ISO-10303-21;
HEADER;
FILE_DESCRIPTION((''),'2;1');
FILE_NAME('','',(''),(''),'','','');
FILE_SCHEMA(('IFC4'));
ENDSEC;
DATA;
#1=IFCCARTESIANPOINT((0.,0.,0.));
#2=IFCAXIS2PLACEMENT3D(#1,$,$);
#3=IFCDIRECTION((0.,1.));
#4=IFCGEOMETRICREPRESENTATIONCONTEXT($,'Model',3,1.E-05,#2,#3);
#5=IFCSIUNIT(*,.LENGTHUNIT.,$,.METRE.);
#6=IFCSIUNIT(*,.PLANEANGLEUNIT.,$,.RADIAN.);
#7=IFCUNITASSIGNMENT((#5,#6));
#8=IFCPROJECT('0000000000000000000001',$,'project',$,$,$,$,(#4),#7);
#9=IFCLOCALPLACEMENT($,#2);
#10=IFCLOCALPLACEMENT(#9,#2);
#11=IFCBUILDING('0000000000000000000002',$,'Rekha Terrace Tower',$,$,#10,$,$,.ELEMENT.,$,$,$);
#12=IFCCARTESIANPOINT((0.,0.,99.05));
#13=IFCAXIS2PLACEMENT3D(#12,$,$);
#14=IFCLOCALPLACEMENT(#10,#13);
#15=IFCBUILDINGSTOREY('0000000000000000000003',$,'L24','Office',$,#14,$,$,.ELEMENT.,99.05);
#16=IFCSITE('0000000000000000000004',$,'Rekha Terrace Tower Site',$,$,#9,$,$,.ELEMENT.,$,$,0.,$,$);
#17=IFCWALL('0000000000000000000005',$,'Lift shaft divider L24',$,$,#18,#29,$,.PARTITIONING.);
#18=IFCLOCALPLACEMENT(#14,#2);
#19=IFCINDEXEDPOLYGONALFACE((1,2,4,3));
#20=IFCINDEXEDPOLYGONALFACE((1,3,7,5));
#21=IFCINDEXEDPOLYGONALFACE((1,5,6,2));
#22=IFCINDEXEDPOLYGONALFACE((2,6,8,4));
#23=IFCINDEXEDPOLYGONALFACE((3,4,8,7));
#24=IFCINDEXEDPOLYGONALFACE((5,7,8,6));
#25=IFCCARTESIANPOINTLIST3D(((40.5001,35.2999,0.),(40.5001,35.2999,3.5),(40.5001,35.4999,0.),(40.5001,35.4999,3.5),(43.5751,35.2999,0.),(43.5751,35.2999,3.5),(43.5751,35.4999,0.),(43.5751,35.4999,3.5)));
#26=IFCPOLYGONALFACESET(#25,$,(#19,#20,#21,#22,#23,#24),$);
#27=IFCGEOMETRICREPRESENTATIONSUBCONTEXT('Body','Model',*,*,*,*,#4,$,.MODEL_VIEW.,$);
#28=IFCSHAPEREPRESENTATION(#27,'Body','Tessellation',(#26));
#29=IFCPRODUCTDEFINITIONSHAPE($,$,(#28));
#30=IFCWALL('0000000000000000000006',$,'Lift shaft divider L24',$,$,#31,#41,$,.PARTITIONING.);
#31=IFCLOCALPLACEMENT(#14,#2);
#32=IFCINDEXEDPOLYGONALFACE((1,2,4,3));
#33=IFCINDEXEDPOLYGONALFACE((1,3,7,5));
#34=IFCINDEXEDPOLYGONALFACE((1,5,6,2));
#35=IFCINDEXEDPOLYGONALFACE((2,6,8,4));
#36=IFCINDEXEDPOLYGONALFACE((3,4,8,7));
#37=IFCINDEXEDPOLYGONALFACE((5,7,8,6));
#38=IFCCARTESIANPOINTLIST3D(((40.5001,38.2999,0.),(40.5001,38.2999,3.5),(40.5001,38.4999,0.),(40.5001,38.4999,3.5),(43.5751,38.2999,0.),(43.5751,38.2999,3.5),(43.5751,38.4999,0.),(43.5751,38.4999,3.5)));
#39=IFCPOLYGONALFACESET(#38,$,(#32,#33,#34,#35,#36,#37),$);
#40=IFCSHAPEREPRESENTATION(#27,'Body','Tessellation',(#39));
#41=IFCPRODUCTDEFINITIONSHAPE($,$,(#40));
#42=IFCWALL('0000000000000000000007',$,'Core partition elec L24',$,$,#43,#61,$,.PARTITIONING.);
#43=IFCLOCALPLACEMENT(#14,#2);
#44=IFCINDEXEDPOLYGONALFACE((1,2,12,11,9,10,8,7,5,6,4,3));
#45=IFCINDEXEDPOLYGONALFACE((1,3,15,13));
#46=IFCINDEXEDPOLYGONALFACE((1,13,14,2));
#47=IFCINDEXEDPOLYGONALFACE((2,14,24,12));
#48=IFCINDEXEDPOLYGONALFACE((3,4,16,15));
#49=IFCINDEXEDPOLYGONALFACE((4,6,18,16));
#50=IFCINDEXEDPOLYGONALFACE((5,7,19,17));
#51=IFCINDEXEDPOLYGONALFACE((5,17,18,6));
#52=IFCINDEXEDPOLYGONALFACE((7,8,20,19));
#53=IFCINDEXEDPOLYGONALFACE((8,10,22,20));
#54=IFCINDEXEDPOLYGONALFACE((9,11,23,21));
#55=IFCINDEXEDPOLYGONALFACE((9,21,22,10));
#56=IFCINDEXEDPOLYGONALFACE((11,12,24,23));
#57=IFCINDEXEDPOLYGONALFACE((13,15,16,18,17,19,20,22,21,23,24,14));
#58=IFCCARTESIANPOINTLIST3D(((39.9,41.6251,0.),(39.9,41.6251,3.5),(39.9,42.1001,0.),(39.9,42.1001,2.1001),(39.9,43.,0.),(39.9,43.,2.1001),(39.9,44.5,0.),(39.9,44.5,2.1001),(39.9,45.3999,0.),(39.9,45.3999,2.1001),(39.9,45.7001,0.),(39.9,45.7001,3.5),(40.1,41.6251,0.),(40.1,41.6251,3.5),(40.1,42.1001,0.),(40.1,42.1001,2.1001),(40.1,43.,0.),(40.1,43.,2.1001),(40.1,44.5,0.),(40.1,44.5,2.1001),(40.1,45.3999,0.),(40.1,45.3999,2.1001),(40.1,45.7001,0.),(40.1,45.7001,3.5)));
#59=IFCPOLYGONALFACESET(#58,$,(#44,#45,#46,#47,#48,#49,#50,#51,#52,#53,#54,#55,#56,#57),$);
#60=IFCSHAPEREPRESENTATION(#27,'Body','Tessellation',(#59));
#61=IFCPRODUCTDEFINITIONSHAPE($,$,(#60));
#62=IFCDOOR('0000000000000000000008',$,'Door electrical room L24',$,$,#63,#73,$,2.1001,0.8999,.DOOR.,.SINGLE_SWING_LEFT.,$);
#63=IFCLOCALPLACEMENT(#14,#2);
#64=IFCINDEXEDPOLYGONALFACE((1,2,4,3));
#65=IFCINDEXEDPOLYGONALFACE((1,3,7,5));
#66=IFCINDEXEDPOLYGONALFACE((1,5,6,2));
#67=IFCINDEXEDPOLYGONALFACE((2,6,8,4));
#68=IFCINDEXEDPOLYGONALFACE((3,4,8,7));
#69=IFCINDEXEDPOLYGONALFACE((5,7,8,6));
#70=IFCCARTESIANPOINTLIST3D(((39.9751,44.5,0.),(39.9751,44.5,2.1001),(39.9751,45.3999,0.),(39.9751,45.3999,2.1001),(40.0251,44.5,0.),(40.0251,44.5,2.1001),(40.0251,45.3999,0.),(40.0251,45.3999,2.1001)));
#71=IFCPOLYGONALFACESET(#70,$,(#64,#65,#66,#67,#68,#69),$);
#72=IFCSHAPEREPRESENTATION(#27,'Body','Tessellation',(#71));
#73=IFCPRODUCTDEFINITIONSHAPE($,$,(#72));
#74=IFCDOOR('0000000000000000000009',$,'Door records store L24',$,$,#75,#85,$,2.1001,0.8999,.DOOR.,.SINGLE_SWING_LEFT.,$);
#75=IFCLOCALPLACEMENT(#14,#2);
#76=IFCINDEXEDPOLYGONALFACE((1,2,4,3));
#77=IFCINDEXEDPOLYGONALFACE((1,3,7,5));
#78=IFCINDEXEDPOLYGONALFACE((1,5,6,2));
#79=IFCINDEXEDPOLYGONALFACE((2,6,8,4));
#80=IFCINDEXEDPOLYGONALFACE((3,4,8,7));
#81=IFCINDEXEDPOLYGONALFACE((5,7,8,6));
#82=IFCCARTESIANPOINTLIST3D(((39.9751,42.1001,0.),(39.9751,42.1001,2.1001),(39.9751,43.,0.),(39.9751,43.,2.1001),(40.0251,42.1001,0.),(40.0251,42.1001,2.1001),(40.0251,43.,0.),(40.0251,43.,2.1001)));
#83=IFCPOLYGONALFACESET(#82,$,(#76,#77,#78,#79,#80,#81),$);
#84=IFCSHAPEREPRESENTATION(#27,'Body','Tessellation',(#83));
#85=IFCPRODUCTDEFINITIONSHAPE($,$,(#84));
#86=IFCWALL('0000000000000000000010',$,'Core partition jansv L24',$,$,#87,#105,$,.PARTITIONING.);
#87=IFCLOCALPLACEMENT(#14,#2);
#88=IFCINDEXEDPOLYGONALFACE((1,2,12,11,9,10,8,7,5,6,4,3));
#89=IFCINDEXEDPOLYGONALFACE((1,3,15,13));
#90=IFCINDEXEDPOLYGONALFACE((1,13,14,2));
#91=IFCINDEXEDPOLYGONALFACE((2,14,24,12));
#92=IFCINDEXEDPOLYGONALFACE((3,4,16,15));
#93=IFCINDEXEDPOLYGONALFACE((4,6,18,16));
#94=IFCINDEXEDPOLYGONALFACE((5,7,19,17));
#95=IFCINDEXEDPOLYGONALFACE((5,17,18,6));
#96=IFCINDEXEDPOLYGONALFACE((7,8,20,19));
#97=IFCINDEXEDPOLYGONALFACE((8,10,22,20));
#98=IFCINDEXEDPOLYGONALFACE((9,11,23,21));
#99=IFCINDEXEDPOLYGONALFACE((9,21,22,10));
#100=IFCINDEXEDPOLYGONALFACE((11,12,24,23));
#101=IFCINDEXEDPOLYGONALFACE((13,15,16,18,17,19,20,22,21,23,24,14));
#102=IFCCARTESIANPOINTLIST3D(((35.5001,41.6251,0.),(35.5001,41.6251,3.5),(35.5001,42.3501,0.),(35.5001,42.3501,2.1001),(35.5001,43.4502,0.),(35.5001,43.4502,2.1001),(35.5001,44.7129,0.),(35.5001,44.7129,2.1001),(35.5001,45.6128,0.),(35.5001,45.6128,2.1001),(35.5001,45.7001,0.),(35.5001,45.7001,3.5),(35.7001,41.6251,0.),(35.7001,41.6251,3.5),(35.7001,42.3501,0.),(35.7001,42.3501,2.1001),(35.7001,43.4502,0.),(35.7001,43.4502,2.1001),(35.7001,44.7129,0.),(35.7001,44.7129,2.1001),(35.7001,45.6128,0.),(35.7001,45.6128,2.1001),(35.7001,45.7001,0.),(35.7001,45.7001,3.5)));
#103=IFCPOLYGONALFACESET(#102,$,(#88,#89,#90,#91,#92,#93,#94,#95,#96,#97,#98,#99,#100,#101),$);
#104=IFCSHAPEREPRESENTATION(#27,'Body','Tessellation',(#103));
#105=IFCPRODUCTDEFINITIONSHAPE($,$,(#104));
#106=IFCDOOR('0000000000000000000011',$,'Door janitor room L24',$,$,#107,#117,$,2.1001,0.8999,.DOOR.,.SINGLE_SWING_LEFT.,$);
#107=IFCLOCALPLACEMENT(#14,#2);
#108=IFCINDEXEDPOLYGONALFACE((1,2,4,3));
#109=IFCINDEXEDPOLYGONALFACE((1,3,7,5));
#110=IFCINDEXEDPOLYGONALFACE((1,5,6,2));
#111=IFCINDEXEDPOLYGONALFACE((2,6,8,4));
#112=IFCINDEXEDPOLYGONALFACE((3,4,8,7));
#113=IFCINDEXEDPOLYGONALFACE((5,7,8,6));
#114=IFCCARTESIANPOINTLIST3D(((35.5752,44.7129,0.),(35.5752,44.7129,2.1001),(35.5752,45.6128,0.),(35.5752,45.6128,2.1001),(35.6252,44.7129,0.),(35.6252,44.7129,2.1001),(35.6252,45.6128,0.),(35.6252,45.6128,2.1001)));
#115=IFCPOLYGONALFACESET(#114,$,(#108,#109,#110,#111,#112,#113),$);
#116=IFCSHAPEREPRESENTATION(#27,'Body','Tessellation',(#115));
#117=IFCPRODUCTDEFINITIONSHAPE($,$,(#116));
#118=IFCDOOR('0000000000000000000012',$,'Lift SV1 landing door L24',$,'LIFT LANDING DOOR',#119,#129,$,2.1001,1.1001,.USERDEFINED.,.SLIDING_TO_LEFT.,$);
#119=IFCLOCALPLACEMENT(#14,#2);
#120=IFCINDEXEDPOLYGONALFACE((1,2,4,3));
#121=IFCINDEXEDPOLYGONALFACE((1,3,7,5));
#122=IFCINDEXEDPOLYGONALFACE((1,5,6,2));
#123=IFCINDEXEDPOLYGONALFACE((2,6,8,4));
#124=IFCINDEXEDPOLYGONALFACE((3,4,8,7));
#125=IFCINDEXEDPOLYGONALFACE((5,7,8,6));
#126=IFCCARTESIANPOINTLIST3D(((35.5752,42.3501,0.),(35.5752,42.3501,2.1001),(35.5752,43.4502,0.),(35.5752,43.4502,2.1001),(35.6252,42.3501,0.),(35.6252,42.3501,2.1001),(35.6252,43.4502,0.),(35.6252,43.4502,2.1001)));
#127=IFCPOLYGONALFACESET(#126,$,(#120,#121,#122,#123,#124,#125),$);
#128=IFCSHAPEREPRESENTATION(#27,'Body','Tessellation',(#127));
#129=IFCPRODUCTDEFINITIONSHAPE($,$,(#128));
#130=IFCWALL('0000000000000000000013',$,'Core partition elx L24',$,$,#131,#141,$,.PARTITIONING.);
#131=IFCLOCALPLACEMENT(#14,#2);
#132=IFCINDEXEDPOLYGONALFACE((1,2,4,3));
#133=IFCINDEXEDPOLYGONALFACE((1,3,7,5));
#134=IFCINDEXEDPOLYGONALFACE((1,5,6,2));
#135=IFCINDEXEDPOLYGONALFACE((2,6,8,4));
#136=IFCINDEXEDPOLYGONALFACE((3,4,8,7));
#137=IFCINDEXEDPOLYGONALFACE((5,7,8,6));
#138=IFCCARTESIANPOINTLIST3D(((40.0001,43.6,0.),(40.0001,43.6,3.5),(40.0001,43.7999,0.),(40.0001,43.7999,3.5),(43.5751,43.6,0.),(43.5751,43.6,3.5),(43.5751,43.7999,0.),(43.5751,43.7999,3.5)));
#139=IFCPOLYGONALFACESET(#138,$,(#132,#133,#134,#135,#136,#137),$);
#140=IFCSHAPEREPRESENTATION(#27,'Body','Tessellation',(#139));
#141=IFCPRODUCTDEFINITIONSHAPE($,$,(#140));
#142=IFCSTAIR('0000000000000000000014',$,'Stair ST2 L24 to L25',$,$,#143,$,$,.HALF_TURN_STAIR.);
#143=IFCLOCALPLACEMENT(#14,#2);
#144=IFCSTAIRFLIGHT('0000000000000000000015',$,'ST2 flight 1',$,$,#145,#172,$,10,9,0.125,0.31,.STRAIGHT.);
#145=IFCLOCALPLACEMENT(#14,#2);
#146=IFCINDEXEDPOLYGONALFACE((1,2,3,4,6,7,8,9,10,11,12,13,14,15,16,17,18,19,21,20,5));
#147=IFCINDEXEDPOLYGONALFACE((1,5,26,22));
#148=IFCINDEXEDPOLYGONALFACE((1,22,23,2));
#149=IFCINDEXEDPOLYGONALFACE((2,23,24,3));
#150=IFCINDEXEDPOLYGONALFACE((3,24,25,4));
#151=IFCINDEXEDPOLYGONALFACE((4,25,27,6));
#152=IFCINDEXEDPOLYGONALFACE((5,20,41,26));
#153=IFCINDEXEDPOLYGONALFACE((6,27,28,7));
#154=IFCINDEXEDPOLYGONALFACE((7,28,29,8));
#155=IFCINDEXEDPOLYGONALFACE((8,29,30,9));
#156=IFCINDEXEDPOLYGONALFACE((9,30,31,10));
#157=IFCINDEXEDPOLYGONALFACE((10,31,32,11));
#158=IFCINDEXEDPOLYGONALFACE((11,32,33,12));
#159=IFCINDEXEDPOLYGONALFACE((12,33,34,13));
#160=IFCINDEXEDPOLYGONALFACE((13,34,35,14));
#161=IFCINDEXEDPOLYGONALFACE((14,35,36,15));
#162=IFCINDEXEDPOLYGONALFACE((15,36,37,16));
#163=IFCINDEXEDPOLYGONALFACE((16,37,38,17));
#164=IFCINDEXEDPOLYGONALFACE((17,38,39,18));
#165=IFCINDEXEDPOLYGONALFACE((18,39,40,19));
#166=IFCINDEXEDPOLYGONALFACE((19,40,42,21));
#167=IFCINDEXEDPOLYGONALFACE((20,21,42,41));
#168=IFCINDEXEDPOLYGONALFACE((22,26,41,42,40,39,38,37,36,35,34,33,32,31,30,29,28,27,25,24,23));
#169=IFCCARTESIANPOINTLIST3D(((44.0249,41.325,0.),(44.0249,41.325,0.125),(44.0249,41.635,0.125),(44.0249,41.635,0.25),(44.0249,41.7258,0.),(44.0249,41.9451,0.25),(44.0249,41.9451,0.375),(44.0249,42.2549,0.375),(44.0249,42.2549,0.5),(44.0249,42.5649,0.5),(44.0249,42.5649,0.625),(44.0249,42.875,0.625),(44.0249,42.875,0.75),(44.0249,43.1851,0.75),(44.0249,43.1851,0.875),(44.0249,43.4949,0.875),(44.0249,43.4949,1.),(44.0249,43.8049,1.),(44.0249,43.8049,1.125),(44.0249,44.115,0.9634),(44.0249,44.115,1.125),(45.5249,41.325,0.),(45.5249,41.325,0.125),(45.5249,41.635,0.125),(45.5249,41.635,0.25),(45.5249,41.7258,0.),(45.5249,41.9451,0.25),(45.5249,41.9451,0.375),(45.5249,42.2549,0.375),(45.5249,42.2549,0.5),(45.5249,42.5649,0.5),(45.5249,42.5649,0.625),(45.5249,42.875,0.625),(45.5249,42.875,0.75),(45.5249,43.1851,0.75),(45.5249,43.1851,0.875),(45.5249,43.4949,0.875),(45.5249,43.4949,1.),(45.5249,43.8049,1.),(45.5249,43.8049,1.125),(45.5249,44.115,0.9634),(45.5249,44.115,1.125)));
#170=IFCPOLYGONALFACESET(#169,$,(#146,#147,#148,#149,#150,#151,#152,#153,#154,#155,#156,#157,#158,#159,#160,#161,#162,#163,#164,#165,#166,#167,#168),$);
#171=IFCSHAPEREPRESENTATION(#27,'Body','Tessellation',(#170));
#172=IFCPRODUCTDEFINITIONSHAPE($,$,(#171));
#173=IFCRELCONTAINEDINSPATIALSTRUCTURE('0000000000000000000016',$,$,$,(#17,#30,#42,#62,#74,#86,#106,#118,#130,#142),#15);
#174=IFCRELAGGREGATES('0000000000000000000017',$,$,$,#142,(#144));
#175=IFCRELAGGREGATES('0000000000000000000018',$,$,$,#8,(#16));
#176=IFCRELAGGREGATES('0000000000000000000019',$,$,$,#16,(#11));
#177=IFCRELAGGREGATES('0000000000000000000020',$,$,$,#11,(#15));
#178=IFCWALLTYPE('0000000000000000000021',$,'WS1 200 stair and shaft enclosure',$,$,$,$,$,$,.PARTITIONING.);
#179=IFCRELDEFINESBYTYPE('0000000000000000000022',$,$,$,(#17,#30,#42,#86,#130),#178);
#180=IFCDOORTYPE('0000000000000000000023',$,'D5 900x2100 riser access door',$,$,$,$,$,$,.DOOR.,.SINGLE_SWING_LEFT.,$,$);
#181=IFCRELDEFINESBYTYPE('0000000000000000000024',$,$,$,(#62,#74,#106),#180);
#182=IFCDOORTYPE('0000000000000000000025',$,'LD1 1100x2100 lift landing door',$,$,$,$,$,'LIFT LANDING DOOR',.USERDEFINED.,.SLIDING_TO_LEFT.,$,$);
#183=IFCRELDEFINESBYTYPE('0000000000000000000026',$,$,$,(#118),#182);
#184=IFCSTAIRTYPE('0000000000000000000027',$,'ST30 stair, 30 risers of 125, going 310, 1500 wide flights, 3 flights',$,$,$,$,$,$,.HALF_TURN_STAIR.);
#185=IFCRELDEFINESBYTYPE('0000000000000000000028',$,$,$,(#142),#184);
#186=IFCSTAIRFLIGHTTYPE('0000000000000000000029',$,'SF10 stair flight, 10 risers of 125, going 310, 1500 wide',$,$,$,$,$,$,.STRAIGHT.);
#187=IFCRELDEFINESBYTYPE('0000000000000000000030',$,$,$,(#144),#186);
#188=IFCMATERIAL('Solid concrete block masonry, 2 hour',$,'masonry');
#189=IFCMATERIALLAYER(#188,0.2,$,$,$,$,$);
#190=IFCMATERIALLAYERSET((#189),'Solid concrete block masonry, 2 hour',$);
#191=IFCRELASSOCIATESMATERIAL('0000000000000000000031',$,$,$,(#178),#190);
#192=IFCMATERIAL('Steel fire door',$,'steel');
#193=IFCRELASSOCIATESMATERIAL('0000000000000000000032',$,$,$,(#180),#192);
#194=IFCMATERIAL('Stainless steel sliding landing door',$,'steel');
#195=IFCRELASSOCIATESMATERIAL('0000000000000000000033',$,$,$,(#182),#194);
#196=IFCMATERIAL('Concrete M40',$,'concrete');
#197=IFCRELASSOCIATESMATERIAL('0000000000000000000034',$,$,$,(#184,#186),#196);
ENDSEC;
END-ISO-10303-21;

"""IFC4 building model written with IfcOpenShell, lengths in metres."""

from ifc_helpers import new_model, si_unit, direction, frame, frame_2d, origin, place, context, subcontext, project, spatial, polyline, rectangle, outline, extrude, material, layer, layer_set, type_object, element, fill, aggregate, save


model = new_model("IFC4")

# Units and contexts
model_context = context("Model", 3, precision=1e-05, world=origin(), true_north=direction((0.0, 1.0)))
body_context = subcontext(model_context, "Body", "Model", "MODEL_VIEW")
ifc_project = project(units=[si_unit("LENGTHUNIT", "METRE"), si_unit("PLANEANGLEUNIT", "RADIAN")], contexts=[model_context])

# Site, building, storey
site_placement = place(None, origin())
site = spatial("IfcSite", under=ifc_project, at=site_placement, Name="Rekha Terrace Tower Site", CompositionType="ELEMENT", RefElevation=0.0)
building_placement = place(site_placement, origin())
building = spatial("IfcBuilding", under=site, at=building_placement, Name="Rekha Terrace Tower", CompositionType="ELEMENT")
storey_placement = place(building_placement, frame((0.0, 0.0, 99.05)))
storey = spatial("IfcBuildingStorey", under=building, at=storey_placement, Name="L24", Description="Office", CompositionType="ELEMENT", Elevation=99.05)

# Shared definitions
ifc_material_1 = material(Name="Stainless steel sliding landing door", Category="steel")
ifc_material_2 = material(Name="Steel fire door", Category="steel")

# Walls
ifc_material_3 = material(Name="Solid concrete block masonry, 2 hour", Category="masonry")
ifc_layer_1 = layer(ifc_material_3, 0.2)
ifc_layer_set_1 = layer_set([ifc_layer_1], Name="Solid concrete block masonry, 2 hour")
wall_type_1 = type_object("IfcWallType", Name="WS1 200 stair and shaft enclosure", PredefinedType="PARTITIONING", material=ifc_layer_set_1)
for number, where, z_axis, x_axis, name in (
    (1, (40.5, 35.3999, 0.0), (0.0, 0.0, 1.0), (1.0, 0.0, 0.0), "Lift shaft divider L24"),
    (2, (40.5, 38.3999, 0.0), (0.0, 0.0, 1.0), (1.0, 0.0, 0.0), "Lift shaft divider L24"),
):
    element("IfcWall", number, at=place(storey_placement, frame(where, z_axis=z_axis, x_axis=x_axis)), inside=storey, type_object=wall_type_1, Name=name, PredefinedType="PARTITIONING", context=body_context, shape_type="SweptSolid", body=[
        extrude(rectangle(XDim=3.075, YDim=0.2, at=frame_2d((1.5376, 0.0))), origin(), (0.0, 0.0, 1.0), 3.5),
    ])

# Walls, openings, doors
wall_1_placement = place(storey_placement, frame((40.0, 41.625, 0.0), z_axis=(0.0, 0.0, 1.0), x_axis=(0.0, 1.0, 0.0)))
wall_1 = element("IfcWall", 3, at=wall_1_placement, inside=storey, type_object=wall_type_1, Name="Core partition elec L24", PredefinedType="PARTITIONING", context=body_context, shape_type="SweptSolid", body=[
    extrude(rectangle(XDim=4.075, YDim=0.2, at=frame_2d((2.0376, 0.0))), origin(), (0.0, 0.0, 1.0), 3.5),
])
opening_1_placement = place(wall_1_placement, frame((2.875, 0.0, 0.0)))
opening_1 = element("IfcOpeningElement", 4, at=opening_1_placement, cuts=wall_1, PredefinedType="OPENING", context=body_context, shape_type="SweptSolid", body=[
    extrude(rectangle(XDim=0.8999, YDim=2.1001, at=frame_2d((0.45, 1.05))), frame((0.0, 0.1099, 0.0), z_axis=(0.0, -1.0, 0.0), x_axis=(1.0, 0.0, 0.0)), (0.0, 0.0, 1.0), 0.22),
])
opening_2_placement = place(wall_1_placement, frame((0.4751, 0.0, 0.0)))
opening_2 = element("IfcOpeningElement", 5, at=opening_2_placement, cuts=wall_1, PredefinedType="OPENING", context=body_context, shape_type="SweptSolid", body=[
    extrude(rectangle(XDim=0.8999, YDim=2.1001, at=frame_2d((0.45, 1.05))), frame((0.0, 0.1099, 0.0), z_axis=(0.0, -1.0, 0.0), x_axis=(1.0, 0.0, 0.0)), (0.0, 0.0, 1.0), 0.22),
])
door_type_1 = type_object("IfcDoorType", Name="D5 900x2100 riser access door", OperationType="SINGLE_SWING_LEFT", PredefinedType="DOOR", material=ifc_material_2)
door_1_placement = place(opening_1_placement, origin())
door_1 = element("IfcDoor", 6, at=door_1_placement, inside=storey, type_object=door_type_1, Name="Door electrical room L24", OperationType="SINGLE_SWING_LEFT", OverallHeight=2.1001, OverallWidth=0.8999, PredefinedType="DOOR", context=body_context, shape_type="SweptSolid", body=[
    extrude(rectangle(XDim=0.8999, YDim=2.1001, at=frame_2d((0.45, 1.05))), frame((0.0, 0.0249, 0.0), z_axis=(0.0, -1.0, 0.0), x_axis=(1.0, 0.0, 0.0)), (0.0, 0.0, 1.0), 0.05),
])
fill(opening_1, door_1)
door_2_placement = place(opening_2_placement, origin())
door_2 = element("IfcDoor", 7, at=door_2_placement, inside=storey, type_object=door_type_1, Name="Door records store L24", OperationType="SINGLE_SWING_LEFT", OverallHeight=2.1001, OverallWidth=0.8999, PredefinedType="DOOR", context=body_context, shape_type="SweptSolid", body=[
    extrude(rectangle(XDim=0.8999, YDim=2.1001, at=frame_2d((0.45, 1.05))), frame((0.0, 0.0249, 0.0), z_axis=(0.0, -1.0, 0.0), x_axis=(1.0, 0.0, 0.0)), (0.0, 0.0, 1.0), 0.05),
])
fill(opening_2, door_2)
wall_2_placement = place(storey_placement, frame((35.6001, 41.625, 0.0), z_axis=(0.0, 0.0, 1.0), x_axis=(0.0, 1.0, 0.0)))
wall_2 = element("IfcWall", 8, at=wall_2_placement, inside=storey, type_object=wall_type_1, Name="Core partition jansv L24", PredefinedType="PARTITIONING", context=body_context, shape_type="SweptSolid", body=[
    extrude(rectangle(XDim=4.075, YDim=0.2, at=frame_2d((2.0376, 0.0))), origin(), (0.0, 0.0, 1.0), 3.5),
])
opening_3_placement = place(wall_2_placement, frame((3.0879, 0.0, 0.0)))
opening_3 = element("IfcOpeningElement", 9, at=opening_3_placement, cuts=wall_2, PredefinedType="OPENING", context=body_context, shape_type="SweptSolid", body=[
    extrude(rectangle(XDim=0.8999, YDim=2.1001, at=frame_2d((0.45, 1.05))), frame((0.0, 0.1099, 0.0), z_axis=(0.0, -1.0, 0.0), x_axis=(1.0, 0.0, 0.0)), (0.0, 0.0, 1.0), 0.22),
])
opening_4_placement = place(wall_2_placement, frame((0.7251, 0.0, 0.0)))
opening_4 = element("IfcOpeningElement", 10, at=opening_4_placement, cuts=wall_2, PredefinedType="OPENING", context=body_context, shape_type="SweptSolid", body=[
    extrude(rectangle(XDim=1.1001, YDim=2.1001, at=frame_2d((0.55, 1.05))), frame((0.0, 0.1099, 0.0), z_axis=(0.0, -1.0, 0.0), x_axis=(1.0, 0.0, 0.0)), (0.0, 0.0, 1.0), 0.22),
])
door_3_placement = place(opening_3_placement, origin())
door_3 = element("IfcDoor", 11, at=door_3_placement, inside=storey, type_object=door_type_1, Name="Door janitor room L24", OperationType="SINGLE_SWING_LEFT", OverallHeight=2.1001, OverallWidth=0.8999, PredefinedType="DOOR", context=body_context, shape_type="SweptSolid", body=[
    extrude(rectangle(XDim=0.8999, YDim=2.1001, at=frame_2d((0.45, 1.05))), frame((0.0, 0.0249, 0.0), z_axis=(0.0, -1.0, 0.0), x_axis=(1.0, 0.0, 0.0)), (0.0, 0.0, 1.0), 0.05),
])
fill(opening_3, door_3)
door_type_2 = type_object("IfcDoorType", Name="LD1 1100x2100 lift landing door", ElementType="LIFT LANDING DOOR", OperationType="SLIDING_TO_LEFT", PredefinedType="USERDEFINED", material=ifc_material_1)
door_4_placement = place(opening_4_placement, origin())
door_4 = element("IfcDoor", 12, at=door_4_placement, inside=storey, type_object=door_type_2, Name="Lift SV1 landing door L24", ObjectType="LIFT LANDING DOOR", OperationType="SLIDING_TO_LEFT", OverallHeight=2.1001, OverallWidth=1.1001, PredefinedType="USERDEFINED", context=body_context, shape_type="SweptSolid", body=[
    extrude(rectangle(XDim=1.1001, YDim=2.1001, at=frame_2d((0.55, 1.05))), frame((0.0, 0.0249, 0.0), z_axis=(0.0, -1.0, 0.0), x_axis=(1.0, 0.0, 0.0)), (0.0, 0.0, 1.0), 0.05),
])
fill(opening_4, door_4)

# Wall
wall_3_placement = place(storey_placement, frame((40.0, 43.7, 0.0), z_axis=(0.0, 0.0, 1.0), x_axis=(1.0, 0.0, 0.0)))
element("IfcWall", 13, at=wall_3_placement, inside=storey, type_object=wall_type_1, Name="Core partition elx L24", PredefinedType="PARTITIONING", context=body_context, shape_type="SweptSolid", body=[
    extrude(rectangle(XDim=3.575, YDim=0.2, at=frame_2d((1.7876, 0.0))), origin(), (0.0, 0.0, 1.0), 3.5),
])

# Stair, stair flight
ifc_material_4 = material(Name="Concrete M40", Category="concrete")
stair_type = type_object("IfcStairType", Name="ST30 stair, 30 risers of 125, going 310, 1500 wide flights, 3 flights", PredefinedType="HALF_TURN_STAIR", material=ifc_material_4)
stair_1_placement = place(storey_placement, origin())
stair_1 = element("IfcStair", 14, at=stair_1_placement, inside=storey, type_object=stair_type, Name="Stair ST2 L24 to L25", PredefinedType="HALF_TURN_STAIR")
stair_flight_type = type_object("IfcStairFlightType", Name="SF10 stair flight, 10 risers of 125, going 310, 1500 wide", PredefinedType="STRAIGHT", material=ifc_material_4)
stair_flight_1_placement = place(storey_placement, frame((44.7749, 41.325, 0.0), z_axis=(0.0, 0.0, 1.0), x_axis=(0.0, 1.0, 0.0)))
stair_flight_1 = element("IfcStairFlight", 15, at=stair_flight_1_placement, type_object=stair_flight_type, Name="ST2 flight 1", NumberOfRisers=10, NumberOfTreads=9, PredefinedType="STRAIGHT", RiserHeight=0.125, TreadLength=0.31, context=body_context, shape_type="SweptSolid", body=[
    extrude(outline(polyline([(0.0, 0.0), (0.0, 0.125), (0.3101, 0.125), (0.3101, 0.25), (0.6201, 0.25), (0.6201, 0.375), (0.9299, 0.375), (0.9299, 0.5), (1.24, 0.5), (1.24, 0.625), (1.55, 0.625), (1.55, 0.75), (1.8601, 0.75), (1.8601, 0.875), (2.1699, 0.875), (2.1699, 1.0), (2.48, 1.0), (2.48, 1.125), (2.79, 1.125), (2.79, 1.25), (2.79, 0.9634), (0.4009, 0.0), (0.0, 0.0)])), frame((0.0, 0.75, 0.0), z_axis=(0.0, -1.0, 0.0), x_axis=(1.0, 0.0, 0.0)), (0.0, 0.0, 1.0), 1.5),
])
aggregate(stair_1, [stair_flight_1])

save(model, "model.ifc")
